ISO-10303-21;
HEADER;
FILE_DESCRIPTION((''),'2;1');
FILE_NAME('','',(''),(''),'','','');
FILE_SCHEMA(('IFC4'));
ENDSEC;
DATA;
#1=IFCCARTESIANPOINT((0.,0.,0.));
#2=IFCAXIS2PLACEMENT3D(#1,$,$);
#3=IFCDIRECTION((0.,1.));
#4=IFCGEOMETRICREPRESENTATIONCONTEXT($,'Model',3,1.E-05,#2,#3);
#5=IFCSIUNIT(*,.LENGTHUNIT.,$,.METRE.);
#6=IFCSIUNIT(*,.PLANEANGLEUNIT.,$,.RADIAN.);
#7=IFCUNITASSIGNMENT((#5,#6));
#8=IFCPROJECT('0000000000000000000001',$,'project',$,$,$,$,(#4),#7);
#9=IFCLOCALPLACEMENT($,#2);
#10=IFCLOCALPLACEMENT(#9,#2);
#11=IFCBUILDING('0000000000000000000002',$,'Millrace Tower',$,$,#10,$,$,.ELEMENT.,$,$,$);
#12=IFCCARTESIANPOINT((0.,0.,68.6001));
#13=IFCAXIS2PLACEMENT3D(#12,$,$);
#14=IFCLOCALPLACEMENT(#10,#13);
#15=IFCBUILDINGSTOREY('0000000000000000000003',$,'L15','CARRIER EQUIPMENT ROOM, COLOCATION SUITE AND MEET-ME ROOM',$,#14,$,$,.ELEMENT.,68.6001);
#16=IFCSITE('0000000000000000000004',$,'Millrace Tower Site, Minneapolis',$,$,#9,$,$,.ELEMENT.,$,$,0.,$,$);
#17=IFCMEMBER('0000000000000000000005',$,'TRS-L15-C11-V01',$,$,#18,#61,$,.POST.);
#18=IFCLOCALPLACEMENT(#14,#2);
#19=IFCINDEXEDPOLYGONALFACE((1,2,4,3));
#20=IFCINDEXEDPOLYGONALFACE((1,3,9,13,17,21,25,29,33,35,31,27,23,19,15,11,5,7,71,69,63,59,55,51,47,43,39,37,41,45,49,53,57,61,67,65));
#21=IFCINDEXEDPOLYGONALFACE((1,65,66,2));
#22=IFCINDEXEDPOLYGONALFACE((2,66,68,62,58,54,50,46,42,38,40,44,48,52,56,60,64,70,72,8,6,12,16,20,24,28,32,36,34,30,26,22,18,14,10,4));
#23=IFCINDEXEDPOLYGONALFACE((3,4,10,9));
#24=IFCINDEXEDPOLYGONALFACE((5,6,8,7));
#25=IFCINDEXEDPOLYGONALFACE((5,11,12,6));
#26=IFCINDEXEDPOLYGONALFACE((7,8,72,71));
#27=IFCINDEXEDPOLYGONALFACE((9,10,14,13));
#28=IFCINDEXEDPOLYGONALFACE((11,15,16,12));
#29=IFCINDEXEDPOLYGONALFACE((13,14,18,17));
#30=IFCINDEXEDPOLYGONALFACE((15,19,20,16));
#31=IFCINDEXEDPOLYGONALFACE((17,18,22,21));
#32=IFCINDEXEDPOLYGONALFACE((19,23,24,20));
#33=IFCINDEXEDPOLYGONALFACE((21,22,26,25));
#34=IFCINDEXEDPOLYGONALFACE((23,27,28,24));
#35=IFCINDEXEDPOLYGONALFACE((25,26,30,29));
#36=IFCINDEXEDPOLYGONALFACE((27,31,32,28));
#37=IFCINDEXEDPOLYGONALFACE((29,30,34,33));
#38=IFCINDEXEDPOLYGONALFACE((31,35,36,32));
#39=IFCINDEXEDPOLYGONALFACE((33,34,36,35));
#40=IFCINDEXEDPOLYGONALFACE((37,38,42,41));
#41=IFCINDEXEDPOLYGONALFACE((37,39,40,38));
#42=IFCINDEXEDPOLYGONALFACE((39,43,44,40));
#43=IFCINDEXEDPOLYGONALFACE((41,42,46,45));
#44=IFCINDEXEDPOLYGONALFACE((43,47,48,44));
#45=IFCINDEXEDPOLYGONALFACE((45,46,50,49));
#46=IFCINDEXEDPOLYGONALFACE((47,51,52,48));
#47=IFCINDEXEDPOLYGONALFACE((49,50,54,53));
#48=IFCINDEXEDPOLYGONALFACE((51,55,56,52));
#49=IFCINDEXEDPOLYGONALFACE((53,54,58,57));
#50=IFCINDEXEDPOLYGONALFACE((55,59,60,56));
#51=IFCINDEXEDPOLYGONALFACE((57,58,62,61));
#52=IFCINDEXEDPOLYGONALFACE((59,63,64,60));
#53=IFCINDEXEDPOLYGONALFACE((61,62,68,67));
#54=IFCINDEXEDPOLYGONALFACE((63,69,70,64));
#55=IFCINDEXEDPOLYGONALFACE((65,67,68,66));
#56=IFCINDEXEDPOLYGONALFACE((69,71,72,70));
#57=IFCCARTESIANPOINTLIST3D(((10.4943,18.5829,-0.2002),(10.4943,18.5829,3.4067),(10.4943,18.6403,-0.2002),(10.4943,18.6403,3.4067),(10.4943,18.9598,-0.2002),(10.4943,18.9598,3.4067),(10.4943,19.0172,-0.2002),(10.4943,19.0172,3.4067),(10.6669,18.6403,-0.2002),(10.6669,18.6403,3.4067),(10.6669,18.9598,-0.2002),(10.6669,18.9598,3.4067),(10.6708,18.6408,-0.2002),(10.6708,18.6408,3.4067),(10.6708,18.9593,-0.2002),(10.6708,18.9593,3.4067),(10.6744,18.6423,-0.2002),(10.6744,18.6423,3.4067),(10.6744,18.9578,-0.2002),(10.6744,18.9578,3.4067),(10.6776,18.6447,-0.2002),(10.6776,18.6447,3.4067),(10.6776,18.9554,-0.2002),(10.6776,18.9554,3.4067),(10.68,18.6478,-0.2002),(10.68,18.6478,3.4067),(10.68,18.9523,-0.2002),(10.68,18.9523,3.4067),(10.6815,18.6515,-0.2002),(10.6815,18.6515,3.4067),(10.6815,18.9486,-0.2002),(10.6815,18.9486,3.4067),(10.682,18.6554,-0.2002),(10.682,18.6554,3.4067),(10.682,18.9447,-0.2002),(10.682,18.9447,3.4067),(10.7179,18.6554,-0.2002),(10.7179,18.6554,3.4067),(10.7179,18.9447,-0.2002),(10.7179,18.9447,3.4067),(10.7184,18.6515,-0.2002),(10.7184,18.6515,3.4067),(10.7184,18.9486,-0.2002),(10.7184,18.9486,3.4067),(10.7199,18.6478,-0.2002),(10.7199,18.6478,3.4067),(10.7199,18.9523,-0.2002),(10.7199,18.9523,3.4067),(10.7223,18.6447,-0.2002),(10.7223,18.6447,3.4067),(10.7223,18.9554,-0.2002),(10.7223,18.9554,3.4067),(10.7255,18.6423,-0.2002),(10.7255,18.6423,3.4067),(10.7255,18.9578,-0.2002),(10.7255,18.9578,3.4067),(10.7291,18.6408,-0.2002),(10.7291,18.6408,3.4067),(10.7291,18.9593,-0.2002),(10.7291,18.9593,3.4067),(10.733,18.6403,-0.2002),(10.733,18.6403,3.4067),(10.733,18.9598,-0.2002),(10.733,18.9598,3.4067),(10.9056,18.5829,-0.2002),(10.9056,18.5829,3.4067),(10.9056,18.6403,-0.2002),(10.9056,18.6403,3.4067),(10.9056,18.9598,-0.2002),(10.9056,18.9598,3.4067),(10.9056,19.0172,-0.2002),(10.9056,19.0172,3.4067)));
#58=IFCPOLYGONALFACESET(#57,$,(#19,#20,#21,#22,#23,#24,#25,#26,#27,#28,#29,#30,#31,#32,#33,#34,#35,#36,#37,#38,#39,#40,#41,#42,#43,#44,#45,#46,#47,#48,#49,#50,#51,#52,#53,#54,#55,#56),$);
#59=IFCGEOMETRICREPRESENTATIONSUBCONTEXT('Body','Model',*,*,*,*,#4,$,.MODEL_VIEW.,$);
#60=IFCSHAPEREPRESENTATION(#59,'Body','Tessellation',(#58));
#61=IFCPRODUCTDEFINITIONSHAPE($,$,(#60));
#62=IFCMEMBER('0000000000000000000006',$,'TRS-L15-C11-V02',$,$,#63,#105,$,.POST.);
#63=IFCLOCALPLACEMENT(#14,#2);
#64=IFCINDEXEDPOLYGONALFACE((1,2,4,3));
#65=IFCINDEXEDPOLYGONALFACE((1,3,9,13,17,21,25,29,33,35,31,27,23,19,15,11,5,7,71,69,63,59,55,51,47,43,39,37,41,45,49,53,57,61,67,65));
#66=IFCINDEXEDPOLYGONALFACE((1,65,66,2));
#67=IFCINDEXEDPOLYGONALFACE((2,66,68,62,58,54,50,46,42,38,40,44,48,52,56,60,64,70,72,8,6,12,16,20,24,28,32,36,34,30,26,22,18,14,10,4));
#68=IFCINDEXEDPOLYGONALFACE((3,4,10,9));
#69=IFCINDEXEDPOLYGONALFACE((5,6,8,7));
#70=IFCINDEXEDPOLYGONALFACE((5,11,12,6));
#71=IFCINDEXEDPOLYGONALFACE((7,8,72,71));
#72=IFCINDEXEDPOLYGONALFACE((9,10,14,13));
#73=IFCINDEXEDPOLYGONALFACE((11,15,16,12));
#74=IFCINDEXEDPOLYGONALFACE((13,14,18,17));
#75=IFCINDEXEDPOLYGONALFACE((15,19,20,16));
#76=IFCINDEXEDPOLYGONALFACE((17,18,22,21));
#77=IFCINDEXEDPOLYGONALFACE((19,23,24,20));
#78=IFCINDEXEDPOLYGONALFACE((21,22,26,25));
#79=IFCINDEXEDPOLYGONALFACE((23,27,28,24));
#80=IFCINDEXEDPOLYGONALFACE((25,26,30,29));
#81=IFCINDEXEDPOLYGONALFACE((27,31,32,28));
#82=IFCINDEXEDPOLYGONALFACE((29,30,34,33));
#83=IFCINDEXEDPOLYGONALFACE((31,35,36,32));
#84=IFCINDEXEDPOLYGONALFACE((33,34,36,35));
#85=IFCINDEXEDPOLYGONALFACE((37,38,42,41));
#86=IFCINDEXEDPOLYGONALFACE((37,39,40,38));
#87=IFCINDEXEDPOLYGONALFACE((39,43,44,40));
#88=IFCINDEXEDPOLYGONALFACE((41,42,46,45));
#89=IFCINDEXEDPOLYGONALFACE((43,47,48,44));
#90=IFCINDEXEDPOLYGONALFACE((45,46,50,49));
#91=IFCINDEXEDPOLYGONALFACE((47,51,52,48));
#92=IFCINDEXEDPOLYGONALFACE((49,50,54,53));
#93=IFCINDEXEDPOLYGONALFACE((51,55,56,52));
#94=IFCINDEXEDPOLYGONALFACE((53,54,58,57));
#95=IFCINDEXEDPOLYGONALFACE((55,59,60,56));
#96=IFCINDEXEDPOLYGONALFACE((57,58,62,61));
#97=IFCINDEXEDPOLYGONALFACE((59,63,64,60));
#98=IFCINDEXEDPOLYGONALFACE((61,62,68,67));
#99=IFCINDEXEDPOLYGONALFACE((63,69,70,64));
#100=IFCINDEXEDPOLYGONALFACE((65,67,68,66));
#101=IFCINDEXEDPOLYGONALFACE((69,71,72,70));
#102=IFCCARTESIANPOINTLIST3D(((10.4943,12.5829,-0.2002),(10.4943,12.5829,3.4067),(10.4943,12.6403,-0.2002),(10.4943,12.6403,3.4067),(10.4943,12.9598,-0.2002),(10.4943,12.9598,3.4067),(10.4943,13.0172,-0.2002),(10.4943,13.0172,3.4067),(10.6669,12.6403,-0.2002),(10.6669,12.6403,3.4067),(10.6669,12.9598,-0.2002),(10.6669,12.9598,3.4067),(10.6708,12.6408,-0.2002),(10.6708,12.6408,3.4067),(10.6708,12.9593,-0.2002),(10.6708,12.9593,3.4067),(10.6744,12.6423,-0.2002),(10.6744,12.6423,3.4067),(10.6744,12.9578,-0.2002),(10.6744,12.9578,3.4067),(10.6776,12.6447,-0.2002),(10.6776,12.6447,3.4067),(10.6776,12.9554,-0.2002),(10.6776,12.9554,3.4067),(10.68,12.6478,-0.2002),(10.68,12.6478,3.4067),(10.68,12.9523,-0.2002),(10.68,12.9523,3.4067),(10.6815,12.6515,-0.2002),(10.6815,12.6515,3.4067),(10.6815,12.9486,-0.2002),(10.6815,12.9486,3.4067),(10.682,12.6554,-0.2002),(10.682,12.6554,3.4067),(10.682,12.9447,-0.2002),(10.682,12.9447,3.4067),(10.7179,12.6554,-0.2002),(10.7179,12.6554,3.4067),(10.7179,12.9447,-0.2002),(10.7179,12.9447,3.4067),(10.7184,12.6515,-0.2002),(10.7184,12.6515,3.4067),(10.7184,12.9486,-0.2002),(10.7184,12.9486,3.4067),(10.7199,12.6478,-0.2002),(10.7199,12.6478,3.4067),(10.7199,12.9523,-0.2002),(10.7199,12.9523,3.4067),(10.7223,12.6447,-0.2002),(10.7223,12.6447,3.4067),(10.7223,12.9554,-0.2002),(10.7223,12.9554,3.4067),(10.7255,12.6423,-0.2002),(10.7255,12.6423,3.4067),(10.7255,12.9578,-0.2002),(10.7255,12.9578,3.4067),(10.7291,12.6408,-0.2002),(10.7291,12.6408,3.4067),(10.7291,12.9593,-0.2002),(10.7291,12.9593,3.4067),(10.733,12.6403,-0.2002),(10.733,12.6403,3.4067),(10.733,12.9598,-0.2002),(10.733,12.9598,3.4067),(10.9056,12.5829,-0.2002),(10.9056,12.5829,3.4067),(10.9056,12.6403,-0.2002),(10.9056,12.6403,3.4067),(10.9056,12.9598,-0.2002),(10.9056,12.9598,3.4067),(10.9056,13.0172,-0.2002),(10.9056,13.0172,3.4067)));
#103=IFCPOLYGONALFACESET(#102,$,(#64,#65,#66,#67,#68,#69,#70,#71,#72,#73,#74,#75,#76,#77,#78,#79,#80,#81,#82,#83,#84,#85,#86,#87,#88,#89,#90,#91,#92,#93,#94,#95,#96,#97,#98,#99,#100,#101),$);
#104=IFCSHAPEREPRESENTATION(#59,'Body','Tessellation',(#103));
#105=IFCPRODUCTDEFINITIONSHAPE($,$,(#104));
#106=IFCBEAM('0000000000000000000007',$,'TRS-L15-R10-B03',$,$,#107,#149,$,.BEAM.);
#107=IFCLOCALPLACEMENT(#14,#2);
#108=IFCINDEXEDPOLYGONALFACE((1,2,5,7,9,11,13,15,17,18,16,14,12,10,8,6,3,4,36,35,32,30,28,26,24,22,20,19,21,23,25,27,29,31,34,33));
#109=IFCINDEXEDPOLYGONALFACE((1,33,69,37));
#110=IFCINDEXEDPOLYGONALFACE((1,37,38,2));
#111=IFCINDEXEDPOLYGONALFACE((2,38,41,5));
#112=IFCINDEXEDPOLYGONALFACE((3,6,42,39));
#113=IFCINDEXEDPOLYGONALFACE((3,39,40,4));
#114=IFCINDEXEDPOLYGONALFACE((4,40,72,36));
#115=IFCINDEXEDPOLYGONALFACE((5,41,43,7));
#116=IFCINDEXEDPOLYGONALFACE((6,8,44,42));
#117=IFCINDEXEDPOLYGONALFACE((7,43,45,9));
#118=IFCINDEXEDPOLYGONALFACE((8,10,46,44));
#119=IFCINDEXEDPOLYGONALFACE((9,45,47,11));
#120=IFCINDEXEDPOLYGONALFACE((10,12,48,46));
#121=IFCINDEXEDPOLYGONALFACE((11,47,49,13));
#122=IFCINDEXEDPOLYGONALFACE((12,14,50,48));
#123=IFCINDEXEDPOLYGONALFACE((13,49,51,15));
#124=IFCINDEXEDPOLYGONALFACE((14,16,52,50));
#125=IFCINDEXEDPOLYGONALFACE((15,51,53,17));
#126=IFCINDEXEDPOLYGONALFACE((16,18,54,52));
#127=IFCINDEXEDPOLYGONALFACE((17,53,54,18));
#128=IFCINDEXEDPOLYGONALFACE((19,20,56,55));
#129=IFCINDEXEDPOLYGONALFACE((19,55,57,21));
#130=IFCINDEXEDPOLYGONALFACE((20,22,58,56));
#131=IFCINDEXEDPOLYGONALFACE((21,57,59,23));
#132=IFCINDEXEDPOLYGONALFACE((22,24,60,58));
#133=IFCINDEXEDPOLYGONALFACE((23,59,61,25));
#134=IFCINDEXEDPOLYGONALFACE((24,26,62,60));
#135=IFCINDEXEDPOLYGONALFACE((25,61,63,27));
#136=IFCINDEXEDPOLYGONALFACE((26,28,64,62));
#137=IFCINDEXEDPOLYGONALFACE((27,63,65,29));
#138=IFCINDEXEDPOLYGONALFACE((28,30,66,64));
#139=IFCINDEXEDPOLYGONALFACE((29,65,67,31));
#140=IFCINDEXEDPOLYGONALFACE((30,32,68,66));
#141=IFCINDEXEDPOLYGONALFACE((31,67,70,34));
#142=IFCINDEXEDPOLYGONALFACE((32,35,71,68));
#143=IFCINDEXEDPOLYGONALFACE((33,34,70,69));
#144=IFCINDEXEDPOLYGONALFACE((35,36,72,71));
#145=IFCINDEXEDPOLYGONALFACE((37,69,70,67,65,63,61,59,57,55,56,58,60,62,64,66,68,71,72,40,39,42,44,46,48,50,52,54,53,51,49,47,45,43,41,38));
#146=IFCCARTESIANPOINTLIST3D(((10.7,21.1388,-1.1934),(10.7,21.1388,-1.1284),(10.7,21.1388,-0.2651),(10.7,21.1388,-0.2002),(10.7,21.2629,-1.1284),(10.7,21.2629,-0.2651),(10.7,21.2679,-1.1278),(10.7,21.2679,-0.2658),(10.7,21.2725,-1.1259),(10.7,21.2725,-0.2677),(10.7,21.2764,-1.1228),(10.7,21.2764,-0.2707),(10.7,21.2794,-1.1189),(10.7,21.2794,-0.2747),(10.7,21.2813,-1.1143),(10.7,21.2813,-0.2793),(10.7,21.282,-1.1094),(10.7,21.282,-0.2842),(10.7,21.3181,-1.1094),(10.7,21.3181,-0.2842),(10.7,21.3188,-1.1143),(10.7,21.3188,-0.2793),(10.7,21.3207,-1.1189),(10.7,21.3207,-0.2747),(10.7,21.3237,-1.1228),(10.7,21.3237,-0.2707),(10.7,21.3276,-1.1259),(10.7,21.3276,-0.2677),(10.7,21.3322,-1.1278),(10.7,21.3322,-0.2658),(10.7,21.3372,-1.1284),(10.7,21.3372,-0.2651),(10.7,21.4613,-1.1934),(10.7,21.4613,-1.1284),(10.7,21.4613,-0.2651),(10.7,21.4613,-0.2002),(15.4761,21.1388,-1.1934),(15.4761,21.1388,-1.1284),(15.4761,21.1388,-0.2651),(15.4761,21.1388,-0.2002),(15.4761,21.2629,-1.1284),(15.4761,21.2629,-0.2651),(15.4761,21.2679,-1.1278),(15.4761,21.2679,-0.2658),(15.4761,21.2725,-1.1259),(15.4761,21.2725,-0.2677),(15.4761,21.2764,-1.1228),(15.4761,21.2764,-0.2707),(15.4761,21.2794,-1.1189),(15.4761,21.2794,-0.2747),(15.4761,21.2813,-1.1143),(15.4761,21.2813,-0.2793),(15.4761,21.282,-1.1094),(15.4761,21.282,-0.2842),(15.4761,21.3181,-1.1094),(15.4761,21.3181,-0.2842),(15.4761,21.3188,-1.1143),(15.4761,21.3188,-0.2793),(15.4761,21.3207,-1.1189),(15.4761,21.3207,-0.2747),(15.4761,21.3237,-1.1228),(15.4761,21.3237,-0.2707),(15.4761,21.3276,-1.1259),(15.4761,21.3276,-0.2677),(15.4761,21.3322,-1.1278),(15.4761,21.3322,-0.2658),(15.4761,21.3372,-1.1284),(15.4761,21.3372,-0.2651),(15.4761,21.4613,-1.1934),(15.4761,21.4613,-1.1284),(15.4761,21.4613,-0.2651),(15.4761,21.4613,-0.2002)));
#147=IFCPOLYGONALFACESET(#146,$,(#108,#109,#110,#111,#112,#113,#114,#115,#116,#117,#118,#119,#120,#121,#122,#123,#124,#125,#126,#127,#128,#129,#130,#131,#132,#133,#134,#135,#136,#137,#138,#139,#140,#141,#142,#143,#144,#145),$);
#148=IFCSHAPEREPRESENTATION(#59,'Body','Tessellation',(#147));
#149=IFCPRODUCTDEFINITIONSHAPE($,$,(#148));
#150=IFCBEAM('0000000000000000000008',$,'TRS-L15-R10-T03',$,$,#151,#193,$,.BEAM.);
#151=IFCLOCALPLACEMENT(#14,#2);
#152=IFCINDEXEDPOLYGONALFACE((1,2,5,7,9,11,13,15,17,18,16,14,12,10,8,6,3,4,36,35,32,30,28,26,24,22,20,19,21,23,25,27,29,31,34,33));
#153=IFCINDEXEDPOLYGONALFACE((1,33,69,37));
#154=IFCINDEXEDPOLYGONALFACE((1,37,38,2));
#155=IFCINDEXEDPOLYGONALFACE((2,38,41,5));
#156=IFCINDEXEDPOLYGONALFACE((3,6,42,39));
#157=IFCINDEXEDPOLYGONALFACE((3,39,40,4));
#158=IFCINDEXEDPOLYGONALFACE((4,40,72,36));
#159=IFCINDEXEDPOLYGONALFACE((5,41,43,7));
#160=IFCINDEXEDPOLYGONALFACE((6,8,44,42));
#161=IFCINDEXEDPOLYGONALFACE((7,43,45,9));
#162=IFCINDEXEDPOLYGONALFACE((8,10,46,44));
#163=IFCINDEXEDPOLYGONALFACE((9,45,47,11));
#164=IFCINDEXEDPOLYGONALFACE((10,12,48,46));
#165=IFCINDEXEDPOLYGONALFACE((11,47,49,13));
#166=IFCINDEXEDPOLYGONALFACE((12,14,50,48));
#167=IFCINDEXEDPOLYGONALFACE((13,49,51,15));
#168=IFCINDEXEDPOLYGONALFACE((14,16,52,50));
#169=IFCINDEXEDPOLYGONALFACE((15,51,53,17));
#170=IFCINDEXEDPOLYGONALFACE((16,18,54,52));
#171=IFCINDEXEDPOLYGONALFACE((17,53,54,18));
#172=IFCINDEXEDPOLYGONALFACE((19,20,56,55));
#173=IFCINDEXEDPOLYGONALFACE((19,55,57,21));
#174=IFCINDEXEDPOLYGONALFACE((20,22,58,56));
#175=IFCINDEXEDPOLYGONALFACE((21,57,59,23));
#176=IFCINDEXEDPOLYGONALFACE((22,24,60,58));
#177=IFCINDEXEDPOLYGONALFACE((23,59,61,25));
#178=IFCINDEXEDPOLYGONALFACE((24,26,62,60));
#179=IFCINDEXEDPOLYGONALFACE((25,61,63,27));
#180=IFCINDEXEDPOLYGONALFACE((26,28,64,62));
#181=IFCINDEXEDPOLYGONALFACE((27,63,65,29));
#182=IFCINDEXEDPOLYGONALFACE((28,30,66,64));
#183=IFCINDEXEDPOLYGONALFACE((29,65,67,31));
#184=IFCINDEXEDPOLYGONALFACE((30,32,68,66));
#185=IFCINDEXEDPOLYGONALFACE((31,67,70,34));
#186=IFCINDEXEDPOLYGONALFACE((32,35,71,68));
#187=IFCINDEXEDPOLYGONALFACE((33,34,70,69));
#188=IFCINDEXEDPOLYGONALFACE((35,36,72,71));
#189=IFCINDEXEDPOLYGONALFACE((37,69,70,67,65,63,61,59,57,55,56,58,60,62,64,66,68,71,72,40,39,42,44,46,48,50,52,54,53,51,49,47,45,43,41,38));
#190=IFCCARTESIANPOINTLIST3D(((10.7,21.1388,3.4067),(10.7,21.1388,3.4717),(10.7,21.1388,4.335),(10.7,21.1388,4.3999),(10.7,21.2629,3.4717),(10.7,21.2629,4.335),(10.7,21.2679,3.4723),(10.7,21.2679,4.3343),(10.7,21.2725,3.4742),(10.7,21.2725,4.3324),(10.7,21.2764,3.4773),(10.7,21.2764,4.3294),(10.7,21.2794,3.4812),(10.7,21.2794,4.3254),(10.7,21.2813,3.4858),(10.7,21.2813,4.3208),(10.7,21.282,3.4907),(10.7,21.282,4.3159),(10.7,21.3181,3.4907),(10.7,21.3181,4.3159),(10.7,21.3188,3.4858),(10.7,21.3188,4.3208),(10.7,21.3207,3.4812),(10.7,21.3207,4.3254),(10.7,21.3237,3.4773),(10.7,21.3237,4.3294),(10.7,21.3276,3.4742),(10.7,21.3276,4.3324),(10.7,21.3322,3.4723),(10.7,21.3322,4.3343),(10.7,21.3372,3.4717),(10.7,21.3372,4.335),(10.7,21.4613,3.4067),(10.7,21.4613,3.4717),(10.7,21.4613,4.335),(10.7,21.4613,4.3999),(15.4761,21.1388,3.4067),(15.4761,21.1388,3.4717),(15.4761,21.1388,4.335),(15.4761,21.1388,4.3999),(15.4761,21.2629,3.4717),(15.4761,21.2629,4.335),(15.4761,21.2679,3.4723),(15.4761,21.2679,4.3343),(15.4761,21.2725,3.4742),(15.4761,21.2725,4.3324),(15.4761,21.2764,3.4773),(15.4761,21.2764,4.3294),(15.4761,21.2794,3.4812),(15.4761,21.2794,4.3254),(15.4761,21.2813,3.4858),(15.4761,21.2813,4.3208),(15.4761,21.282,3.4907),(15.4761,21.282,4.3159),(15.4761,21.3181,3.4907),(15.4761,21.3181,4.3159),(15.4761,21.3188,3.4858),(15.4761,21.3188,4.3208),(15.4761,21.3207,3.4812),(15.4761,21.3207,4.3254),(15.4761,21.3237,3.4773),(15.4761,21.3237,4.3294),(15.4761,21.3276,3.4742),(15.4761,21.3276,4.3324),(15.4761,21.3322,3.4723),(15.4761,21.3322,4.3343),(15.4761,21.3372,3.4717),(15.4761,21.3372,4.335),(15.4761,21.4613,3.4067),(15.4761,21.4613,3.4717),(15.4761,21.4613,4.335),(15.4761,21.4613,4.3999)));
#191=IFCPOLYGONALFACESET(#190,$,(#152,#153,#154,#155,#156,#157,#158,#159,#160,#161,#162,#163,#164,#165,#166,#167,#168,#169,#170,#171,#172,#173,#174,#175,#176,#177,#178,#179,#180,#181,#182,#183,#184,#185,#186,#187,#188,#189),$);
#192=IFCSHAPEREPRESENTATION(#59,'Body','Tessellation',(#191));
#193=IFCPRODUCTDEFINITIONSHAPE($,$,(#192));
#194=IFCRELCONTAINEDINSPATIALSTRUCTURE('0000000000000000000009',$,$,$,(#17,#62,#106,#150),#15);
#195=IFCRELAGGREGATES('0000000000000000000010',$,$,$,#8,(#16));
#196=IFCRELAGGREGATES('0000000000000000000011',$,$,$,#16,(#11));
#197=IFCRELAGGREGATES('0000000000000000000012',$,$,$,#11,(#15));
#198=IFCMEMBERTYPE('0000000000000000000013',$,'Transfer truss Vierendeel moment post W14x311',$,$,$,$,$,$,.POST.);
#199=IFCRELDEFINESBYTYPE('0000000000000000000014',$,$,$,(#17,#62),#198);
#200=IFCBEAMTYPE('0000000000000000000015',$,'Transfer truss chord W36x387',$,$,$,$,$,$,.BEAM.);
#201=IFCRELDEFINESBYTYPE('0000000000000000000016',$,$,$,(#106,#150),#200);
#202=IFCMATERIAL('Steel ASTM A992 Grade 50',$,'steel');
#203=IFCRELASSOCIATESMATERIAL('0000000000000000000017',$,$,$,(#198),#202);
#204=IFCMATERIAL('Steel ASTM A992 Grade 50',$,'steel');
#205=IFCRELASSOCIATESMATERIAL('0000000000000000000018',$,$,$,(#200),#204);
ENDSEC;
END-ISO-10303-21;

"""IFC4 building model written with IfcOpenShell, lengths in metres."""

from ifc_helpers import new_model, si_unit, direction, frame, origin, origin_2d, place, context, subcontext, project, spatial, i_section, extrude, material, material_profile, profile_set, type_object, element, save


model = new_model("IFC4")

# Units and contexts
model_context = context("Model", 3, precision=1e-05, world=origin(), true_north=direction((0.0, 1.0)))
body_context = subcontext(model_context, "Body", "Model", "MODEL_VIEW")
ifc_project = project(units=[si_unit("LENGTHUNIT", "METRE"), si_unit("PLANEANGLEUNIT", "RADIAN")], contexts=[model_context])

# Site, building, storey
site_placement = place(None, origin())
site = spatial("IfcSite", under=ifc_project, at=site_placement, Name="Millrace Tower Site, Minneapolis", CompositionType="ELEMENT", RefElevation=0.0)
building_placement = place(site_placement, origin())
building = spatial("IfcBuilding", under=site, at=building_placement, Name="Millrace Tower", CompositionType="ELEMENT")
storey_placement = place(building_placement, frame((0.0, 0.0, 68.6001)))
storey = spatial("IfcBuildingStorey", under=building, at=storey_placement, Name="L15", Description="CARRIER EQUIPMENT ROOM, COLOCATION SUITE AND MEET-ME ROOM", CompositionType="ELEMENT", Elevation=68.6001)

# Members
ifc_material_1 = material(Name="Steel ASTM A992 Grade 50", Category="steel")
ifc_material_profile_1 = material_profile(ifc_material_1, i_section(OverallWidth=0.4114, OverallDepth=0.4343, WebThickness=0.0359, FlangeThickness=0.0574, FilletRadius=0.0151, at=origin_2d()))
ifc_profile_set_1 = profile_set([ifc_material_profile_1], Name="Steel ASTM A992 Grade 50")
member_type_1 = type_object("IfcMemberType", Name="Transfer truss Vierendeel moment post W14x311", PredefinedType="POST", material=ifc_profile_set_1)
for number, where, z_axis, x_axis, name in (
    (1, (10.7, 18.8, -0.2002), (0.0, 0.0, 1.0), (1.0, 0.0, 0.0), "TRS-L15-C11-V01"),
    (2, (10.7, 12.8, -0.2002), (0.0, 0.0, 1.0), (1.0, 0.0, 0.0), "TRS-L15-C11-V02"),
):
    element("IfcMember", number, at=place(storey_placement, frame(where, z_axis=z_axis, x_axis=x_axis)), inside=storey, type_object=member_type_1, Name=name, PredefinedType="POST", context=body_context, shape_type="SweptSolid", body=[
        extrude(i_section(OverallWidth=0.4114, OverallDepth=0.4343, WebThickness=0.0359, FlangeThickness=0.0574, FilletRadius=0.0151, at=origin_2d()), origin(), (0.0, 0.0, 1.0), 3.6069),
    ])

# Beams
ifc_material_2 = material(Name="Steel ASTM A992 Grade 50", Category="steel")
ifc_material_profile_2 = material_profile(ifc_material_2, i_section(OverallWidth=0.3225, OverallDepth=0.9932, WebThickness=0.0361, FlangeThickness=0.0649, FilletRadius=0.019, at=origin_2d()))
ifc_profile_set_2 = profile_set([ifc_material_profile_2], Name="Steel ASTM A992 Grade 50")
beam_type_1 = type_object("IfcBeamType", Name="Transfer truss chord W36x387", PredefinedType="BEAM", material=ifc_profile_set_2)
for number, where, z_axis, x_axis, name in (
    (3, (15.4761, 21.3, -0.6968), (-1.0, 0.0, 0.0), (0.0, -1.0, 0.0), "TRS-L15-R10-B03"),
    (4, (15.4761, 21.3, 3.9033), (-1.0, 0.0, 0.0), (0.0, -1.0, 0.0), "TRS-L15-R10-T03"),
):
    element("IfcBeam", number, at=place(storey_placement, frame(where, z_axis=z_axis, x_axis=x_axis)), inside=storey, type_object=beam_type_1, Name=name, PredefinedType="BEAM", context=body_context, shape_type="SweptSolid", body=[
        extrude(i_section(OverallWidth=0.3225, OverallDepth=0.9932, WebThickness=0.0361, FlangeThickness=0.0649, FilletRadius=0.019, at=origin_2d()), origin(), (0.0, 0.0, 1.0), 4.7761),
    ])

save(model, "model.ifc")
